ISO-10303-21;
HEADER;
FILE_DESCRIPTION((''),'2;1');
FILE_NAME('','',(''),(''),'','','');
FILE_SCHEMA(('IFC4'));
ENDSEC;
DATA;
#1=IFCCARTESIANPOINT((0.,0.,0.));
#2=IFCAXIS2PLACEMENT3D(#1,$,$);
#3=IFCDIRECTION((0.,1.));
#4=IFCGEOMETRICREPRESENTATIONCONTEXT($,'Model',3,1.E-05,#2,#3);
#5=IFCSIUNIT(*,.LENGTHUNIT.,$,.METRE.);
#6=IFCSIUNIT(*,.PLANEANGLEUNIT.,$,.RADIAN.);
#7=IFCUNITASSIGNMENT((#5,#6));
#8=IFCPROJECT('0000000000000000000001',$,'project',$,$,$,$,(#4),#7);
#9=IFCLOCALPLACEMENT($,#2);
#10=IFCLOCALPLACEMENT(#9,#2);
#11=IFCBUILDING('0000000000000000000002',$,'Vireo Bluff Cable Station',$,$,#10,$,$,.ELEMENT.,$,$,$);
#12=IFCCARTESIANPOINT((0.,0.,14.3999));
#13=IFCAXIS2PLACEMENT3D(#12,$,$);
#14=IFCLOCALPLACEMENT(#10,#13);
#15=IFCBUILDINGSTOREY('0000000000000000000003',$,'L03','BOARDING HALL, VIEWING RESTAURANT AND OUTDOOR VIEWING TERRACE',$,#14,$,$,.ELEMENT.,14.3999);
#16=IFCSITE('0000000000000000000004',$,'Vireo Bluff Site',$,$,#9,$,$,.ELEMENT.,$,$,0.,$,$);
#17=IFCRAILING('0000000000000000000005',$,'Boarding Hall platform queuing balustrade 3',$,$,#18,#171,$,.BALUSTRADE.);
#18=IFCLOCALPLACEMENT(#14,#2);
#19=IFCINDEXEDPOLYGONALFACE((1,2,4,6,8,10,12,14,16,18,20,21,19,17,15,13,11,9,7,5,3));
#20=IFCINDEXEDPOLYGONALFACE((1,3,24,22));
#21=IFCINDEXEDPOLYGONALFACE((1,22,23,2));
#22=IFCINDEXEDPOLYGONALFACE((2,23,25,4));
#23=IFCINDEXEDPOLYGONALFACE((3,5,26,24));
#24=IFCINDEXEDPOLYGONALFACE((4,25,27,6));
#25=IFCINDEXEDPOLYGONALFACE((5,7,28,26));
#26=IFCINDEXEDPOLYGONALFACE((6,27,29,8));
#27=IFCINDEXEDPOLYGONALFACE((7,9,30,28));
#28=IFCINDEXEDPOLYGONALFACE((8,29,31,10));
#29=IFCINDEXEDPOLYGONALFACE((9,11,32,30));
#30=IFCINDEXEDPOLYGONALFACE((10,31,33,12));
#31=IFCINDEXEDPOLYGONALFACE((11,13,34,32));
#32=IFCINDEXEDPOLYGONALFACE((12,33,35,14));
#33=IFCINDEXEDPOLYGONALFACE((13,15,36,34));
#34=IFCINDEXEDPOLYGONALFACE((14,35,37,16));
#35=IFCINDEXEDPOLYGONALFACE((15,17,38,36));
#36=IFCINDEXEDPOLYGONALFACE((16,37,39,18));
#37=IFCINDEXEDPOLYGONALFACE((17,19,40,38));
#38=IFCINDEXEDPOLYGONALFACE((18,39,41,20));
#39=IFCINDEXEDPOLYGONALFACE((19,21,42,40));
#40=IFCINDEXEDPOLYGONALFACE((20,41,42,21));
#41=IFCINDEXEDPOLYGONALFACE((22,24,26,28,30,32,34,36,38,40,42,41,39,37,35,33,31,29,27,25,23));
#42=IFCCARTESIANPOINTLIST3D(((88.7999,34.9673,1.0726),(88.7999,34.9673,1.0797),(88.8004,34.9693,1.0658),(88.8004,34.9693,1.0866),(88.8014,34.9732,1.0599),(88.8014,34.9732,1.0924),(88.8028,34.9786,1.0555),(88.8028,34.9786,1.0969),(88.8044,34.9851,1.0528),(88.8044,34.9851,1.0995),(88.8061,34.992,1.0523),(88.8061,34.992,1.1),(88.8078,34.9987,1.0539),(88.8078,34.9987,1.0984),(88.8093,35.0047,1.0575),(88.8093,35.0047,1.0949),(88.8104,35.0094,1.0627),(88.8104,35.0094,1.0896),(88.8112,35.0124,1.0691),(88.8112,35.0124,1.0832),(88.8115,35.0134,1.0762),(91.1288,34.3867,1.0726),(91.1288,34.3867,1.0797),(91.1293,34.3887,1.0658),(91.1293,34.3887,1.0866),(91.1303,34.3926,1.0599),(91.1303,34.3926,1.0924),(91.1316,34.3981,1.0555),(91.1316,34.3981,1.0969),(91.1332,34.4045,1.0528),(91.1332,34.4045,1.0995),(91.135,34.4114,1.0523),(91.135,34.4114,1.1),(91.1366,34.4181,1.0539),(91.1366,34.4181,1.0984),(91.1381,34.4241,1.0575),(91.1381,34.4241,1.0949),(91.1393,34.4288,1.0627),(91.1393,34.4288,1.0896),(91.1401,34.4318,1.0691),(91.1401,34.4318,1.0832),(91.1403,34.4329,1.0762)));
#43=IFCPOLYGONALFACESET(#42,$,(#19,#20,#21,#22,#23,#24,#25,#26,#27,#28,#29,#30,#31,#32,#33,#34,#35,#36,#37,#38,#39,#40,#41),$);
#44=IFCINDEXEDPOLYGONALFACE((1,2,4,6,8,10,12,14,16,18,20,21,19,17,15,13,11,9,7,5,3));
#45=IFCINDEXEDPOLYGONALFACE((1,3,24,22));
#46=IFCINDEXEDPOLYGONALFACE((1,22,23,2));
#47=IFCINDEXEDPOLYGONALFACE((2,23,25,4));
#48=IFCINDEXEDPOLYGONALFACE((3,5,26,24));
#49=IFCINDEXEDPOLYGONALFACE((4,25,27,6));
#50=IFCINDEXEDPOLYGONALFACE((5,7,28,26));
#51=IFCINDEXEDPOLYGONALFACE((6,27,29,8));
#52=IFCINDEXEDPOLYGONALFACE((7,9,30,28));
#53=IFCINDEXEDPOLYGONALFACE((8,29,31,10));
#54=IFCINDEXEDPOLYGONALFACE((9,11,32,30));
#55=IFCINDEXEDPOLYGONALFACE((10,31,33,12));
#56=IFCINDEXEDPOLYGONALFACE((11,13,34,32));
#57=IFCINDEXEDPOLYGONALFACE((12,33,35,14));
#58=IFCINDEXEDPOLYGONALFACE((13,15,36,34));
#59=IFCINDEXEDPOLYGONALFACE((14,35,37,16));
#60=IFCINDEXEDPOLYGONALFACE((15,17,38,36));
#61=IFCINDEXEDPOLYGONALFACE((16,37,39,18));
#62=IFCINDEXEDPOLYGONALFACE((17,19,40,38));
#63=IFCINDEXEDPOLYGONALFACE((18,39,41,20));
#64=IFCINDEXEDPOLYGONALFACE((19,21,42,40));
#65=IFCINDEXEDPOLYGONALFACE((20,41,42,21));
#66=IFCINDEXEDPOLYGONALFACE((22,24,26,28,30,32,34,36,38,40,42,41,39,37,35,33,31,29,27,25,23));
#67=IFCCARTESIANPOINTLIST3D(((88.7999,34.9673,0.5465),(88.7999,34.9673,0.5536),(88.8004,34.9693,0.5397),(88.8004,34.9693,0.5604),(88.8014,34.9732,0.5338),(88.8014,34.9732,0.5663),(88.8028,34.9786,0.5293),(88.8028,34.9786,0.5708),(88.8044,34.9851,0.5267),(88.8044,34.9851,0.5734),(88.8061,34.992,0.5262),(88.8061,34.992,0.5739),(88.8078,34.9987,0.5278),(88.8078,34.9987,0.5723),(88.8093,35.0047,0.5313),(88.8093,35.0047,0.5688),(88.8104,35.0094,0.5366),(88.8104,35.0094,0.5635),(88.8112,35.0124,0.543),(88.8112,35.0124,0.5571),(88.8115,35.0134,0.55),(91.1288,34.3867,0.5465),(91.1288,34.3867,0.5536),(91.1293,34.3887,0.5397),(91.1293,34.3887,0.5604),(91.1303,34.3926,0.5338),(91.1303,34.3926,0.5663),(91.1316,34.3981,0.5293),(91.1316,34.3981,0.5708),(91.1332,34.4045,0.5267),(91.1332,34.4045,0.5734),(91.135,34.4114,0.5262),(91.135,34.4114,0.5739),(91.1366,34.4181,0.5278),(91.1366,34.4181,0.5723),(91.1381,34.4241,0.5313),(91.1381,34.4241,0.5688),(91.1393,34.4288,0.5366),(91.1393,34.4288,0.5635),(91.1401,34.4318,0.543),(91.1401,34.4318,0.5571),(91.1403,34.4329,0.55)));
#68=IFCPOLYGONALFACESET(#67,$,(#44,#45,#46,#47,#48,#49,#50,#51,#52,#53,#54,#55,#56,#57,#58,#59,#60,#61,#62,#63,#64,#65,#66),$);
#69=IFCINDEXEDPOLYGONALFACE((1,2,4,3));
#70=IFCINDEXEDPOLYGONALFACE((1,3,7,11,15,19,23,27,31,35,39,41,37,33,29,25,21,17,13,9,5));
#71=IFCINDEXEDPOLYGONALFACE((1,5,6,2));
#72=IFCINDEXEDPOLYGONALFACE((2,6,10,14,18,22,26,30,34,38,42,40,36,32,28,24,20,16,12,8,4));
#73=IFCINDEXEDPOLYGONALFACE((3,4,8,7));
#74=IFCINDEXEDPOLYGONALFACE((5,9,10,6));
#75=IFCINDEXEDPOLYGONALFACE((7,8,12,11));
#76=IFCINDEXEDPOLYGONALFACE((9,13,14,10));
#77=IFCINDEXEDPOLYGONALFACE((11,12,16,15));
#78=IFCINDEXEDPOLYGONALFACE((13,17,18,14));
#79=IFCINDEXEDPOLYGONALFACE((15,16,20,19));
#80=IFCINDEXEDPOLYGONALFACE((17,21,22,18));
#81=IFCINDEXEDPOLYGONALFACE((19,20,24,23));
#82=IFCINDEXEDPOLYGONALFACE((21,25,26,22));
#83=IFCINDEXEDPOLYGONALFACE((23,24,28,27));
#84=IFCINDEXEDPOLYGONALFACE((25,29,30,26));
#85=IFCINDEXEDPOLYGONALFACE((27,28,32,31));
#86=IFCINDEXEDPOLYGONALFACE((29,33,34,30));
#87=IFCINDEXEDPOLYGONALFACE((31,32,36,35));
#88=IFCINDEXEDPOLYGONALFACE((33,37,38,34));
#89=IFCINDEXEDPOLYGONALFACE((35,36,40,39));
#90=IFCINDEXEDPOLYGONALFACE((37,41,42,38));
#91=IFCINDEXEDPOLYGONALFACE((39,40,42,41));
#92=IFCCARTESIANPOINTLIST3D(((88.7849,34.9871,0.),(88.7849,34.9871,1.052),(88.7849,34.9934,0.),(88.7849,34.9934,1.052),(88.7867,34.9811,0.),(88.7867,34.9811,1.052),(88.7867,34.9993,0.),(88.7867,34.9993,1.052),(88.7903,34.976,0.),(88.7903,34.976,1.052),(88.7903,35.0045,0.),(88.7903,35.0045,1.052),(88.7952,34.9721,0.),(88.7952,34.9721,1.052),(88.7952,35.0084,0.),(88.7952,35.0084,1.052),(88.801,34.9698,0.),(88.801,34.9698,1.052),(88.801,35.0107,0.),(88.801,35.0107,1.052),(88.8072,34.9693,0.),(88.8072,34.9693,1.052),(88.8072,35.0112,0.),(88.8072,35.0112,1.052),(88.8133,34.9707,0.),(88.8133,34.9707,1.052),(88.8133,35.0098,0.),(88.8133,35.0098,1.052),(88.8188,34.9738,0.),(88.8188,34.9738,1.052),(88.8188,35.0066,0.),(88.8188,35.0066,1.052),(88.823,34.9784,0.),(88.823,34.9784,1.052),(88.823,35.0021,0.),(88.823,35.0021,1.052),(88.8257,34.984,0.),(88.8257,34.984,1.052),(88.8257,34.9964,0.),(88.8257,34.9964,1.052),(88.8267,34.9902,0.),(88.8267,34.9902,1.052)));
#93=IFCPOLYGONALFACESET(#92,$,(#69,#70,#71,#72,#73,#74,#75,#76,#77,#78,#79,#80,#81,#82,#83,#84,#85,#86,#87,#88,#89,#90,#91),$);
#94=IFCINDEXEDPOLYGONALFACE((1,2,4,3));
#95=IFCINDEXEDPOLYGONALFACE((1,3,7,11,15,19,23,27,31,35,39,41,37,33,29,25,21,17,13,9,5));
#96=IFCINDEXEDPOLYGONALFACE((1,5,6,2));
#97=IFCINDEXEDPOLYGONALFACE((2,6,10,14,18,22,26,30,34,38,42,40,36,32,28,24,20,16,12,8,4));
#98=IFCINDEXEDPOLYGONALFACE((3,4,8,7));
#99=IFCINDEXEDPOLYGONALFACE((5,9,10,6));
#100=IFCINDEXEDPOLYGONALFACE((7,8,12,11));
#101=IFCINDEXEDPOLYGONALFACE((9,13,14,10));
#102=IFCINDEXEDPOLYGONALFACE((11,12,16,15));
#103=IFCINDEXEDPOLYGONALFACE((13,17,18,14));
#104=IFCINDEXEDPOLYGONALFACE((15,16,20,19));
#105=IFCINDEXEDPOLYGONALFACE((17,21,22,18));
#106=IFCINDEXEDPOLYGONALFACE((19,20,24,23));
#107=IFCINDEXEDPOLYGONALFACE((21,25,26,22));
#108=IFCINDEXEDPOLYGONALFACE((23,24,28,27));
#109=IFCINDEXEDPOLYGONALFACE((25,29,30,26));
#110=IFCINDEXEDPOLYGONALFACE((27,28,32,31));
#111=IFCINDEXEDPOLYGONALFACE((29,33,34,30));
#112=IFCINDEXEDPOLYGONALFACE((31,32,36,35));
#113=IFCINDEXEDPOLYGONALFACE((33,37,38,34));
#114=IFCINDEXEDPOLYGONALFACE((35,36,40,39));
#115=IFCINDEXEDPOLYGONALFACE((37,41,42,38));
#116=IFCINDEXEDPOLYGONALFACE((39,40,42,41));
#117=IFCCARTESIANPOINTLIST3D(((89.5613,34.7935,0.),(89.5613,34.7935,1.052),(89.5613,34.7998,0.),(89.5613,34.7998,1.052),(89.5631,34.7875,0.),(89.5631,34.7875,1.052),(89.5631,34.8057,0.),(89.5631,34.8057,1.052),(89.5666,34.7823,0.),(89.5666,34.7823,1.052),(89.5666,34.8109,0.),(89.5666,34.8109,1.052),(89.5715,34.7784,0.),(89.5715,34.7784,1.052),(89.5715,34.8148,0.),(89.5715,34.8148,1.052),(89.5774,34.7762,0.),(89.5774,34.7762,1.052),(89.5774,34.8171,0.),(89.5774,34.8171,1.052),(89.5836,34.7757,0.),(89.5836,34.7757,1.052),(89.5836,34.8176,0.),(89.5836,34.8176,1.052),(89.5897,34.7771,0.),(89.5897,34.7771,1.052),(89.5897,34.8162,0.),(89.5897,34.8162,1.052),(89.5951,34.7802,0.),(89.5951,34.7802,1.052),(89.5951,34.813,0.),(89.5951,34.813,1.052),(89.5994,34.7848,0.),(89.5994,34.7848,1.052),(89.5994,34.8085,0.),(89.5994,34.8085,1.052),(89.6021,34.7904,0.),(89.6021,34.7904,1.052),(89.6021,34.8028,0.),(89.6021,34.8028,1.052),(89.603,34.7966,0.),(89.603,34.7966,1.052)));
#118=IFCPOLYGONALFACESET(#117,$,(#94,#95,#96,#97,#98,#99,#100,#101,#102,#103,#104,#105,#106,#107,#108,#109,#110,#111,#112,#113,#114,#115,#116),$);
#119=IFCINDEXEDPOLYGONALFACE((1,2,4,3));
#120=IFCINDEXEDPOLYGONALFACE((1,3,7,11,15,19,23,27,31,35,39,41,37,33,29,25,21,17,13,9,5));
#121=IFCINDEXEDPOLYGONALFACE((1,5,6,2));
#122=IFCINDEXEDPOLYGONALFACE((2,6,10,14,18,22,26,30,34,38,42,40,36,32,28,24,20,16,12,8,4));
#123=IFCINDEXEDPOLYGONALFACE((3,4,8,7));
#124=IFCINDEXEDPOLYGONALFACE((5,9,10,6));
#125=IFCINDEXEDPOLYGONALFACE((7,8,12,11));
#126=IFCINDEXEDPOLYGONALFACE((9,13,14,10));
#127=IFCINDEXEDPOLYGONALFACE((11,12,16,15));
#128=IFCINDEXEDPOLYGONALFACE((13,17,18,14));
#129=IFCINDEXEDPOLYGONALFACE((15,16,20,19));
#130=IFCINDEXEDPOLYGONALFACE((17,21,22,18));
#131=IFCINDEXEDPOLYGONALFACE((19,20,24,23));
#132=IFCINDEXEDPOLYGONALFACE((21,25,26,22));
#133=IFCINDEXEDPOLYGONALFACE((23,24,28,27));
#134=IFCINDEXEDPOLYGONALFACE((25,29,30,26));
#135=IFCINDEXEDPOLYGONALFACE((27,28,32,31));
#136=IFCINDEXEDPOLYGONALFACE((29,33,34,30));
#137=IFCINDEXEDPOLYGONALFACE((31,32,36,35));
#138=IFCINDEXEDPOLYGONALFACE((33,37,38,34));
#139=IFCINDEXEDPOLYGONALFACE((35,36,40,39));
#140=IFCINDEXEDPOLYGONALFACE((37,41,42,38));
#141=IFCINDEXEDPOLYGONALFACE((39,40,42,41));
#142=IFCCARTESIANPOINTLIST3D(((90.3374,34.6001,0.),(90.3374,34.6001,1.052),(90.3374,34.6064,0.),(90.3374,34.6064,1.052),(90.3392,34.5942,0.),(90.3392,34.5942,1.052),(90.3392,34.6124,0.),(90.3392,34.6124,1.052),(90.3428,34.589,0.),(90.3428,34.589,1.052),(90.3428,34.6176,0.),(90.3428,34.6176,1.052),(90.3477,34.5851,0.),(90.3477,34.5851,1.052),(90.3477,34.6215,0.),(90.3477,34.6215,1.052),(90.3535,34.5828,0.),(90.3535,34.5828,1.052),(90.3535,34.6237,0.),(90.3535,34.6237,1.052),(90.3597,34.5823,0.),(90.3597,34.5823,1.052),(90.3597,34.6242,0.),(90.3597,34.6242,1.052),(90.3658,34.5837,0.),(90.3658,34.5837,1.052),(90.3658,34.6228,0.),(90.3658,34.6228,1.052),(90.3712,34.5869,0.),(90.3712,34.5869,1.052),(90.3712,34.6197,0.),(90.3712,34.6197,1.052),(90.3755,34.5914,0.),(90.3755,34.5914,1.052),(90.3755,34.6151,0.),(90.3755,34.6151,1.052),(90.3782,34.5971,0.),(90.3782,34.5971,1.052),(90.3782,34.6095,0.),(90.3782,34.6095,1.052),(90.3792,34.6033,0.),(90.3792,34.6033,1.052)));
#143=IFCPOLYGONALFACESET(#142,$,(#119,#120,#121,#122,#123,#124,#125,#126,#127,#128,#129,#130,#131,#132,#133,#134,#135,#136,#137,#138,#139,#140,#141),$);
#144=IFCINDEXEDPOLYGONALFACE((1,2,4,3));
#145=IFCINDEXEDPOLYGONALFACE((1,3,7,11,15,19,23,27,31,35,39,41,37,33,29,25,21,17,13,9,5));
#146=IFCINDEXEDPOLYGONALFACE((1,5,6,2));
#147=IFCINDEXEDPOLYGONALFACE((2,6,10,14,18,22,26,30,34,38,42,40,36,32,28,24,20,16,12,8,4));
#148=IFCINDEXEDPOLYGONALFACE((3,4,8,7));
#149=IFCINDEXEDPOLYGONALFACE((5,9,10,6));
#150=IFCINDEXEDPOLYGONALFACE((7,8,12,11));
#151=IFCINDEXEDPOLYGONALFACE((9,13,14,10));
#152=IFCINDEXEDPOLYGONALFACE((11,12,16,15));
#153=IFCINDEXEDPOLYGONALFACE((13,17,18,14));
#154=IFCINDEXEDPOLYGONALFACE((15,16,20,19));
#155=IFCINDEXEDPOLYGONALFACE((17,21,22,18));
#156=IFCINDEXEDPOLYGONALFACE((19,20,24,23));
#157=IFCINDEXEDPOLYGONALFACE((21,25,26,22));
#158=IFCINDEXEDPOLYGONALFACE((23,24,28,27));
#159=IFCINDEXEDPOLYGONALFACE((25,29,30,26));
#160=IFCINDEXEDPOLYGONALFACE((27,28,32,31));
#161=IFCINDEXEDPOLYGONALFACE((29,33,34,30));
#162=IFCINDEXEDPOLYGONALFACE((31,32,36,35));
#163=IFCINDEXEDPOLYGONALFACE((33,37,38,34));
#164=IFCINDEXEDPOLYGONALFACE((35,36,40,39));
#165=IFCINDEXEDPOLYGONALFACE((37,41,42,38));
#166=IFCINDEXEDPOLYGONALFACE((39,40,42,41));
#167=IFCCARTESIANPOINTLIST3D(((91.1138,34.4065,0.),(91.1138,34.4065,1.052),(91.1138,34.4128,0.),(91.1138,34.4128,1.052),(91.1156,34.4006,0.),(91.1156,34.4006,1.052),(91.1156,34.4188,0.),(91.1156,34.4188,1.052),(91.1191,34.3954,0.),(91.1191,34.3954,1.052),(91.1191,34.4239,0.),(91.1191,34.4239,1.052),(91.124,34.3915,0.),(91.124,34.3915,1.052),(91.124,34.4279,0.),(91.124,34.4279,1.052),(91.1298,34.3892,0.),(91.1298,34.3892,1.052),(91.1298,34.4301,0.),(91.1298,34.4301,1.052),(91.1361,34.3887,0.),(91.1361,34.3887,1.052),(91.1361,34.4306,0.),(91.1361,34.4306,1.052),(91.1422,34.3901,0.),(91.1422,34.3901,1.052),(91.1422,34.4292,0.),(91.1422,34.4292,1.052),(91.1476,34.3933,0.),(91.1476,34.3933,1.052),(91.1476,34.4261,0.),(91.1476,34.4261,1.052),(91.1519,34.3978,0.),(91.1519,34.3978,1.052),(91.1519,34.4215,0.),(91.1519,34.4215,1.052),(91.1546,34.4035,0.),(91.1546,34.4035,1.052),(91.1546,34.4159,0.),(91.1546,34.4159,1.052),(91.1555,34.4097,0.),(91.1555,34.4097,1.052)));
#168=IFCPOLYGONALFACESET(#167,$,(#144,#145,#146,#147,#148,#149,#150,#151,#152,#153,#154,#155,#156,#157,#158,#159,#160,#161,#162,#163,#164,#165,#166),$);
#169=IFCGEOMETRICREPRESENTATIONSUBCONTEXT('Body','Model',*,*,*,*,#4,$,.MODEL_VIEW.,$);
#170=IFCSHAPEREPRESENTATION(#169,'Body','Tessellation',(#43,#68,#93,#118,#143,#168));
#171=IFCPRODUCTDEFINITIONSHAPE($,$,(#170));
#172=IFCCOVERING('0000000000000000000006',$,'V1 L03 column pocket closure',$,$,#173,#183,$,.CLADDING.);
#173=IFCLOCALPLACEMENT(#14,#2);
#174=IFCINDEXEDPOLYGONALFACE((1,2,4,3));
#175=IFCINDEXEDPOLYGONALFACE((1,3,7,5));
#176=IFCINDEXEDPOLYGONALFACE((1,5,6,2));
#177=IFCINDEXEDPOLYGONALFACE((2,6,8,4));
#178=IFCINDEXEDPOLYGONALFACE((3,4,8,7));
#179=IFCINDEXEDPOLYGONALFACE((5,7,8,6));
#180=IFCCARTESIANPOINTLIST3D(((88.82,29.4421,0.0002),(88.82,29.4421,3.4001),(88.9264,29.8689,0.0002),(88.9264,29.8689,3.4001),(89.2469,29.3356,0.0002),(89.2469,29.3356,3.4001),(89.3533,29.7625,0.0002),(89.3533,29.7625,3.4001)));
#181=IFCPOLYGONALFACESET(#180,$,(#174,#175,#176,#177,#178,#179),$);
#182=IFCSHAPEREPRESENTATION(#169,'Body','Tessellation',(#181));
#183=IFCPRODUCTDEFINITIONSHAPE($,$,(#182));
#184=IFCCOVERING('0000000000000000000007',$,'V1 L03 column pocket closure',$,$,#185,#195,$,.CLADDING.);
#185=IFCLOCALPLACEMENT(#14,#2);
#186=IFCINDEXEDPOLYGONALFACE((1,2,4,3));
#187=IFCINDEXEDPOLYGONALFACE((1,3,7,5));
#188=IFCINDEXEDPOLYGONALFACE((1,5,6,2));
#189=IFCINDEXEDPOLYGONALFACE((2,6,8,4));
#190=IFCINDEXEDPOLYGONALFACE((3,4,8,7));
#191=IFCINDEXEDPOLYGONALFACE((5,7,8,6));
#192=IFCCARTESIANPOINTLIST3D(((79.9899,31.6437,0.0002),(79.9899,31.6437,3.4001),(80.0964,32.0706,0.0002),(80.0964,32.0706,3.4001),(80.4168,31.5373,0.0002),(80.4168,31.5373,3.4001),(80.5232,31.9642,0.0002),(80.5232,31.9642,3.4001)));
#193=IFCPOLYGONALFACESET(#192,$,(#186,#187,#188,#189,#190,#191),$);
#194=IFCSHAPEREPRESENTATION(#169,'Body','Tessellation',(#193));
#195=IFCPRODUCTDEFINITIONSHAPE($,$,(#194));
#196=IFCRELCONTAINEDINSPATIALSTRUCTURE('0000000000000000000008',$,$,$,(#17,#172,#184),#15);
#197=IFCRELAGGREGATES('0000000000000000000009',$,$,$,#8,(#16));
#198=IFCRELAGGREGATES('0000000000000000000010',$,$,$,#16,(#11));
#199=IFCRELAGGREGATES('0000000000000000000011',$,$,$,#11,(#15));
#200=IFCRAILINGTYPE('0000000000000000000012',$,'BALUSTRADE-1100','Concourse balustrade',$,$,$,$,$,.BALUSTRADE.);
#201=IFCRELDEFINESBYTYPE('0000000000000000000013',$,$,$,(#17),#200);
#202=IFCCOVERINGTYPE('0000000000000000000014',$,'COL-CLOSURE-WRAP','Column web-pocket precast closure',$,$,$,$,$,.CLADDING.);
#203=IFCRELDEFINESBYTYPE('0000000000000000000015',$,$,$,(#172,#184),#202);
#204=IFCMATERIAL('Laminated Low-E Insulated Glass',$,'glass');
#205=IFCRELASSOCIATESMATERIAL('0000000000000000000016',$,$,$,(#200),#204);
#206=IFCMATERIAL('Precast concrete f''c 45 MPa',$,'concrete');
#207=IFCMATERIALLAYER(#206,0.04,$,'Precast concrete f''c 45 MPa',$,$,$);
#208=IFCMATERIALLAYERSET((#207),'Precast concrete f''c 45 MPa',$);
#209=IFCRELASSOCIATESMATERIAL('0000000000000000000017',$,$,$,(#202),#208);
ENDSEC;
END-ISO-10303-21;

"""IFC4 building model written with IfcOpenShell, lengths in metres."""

from ifc_helpers import new_model, si_unit, direction, frame, origin, origin_2d, place, context, subcontext, project, spatial, rectangle, circle, extrude, material, layer, layer_set, type_object, element, save


model = new_model("IFC4")

# Units and contexts
model_context = context("Model", 3, precision=1e-05, world=origin(), true_north=direction((0.0, 1.0)))
body_context = subcontext(model_context, "Body", "Model", "MODEL_VIEW")
ifc_project = project(units=[si_unit("LENGTHUNIT", "METRE"), si_unit("PLANEANGLEUNIT", "RADIAN")], contexts=[model_context])

# Site, building, storey
site_placement = place(None, origin())
site = spatial("IfcSite", under=ifc_project, at=site_placement, Name="Vireo Bluff Site", CompositionType="ELEMENT", RefElevation=0.0)
building_placement = place(site_placement, origin())
building = spatial("IfcBuilding", under=site, at=building_placement, Name="Vireo Bluff Cable Station", CompositionType="ELEMENT")
storey_placement = place(building_placement, frame((0.0, 0.0, 14.3999)))
storey = spatial("IfcBuildingStorey", under=building, at=storey_placement, Name="L03", Description="BOARDING HALL, VIEWING RESTAURANT AND OUTDOOR VIEWING TERRACE", CompositionType="ELEMENT", Elevation=14.3999)

# Shared definitions
ifc_material_1 = material(Name="Precast concrete f'c 45 MPa", Category="concrete")

# Railing
ifc_material_2 = material(Name="Laminated Low-E Insulated Glass", Category="glass")
railing_type = type_object("IfcRailingType", Name="BALUSTRADE-1100", Description="Concourse balustrade", PredefinedType="BALUSTRADE", material=ifc_material_2)
for number, where, name in (
    (1, (88.8057, 34.9902, 0.0), "Boarding Hall platform queuing balustrade 3"),
):
    element("IfcRailing", number, at=place(storey_placement, frame(where)), inside=storey, type_object=railing_type, Name=name, PredefinedType="BALUSTRADE", context=body_context, shape_type="SweptSolid", body=[
        extrude(circle(Radius=0.0239, at=origin_2d()), frame((0.0, 0.0, 1.0762), z_axis=(0.970304, -0.241889, 0.0), x_axis=(0.241889, 0.970304, 0.0)), (0.0, 0.0, 1.0), 2.4001),
        extrude(circle(Radius=0.0239, at=origin_2d()), frame((0.0, 0.0, 0.55), z_axis=(0.970304, -0.241889, 0.0), x_axis=(0.241889, 0.970304, 0.0)), (0.0, 0.0, 1.0), 2.4001),
        extrude(circle(Radius=0.021, at=origin_2d()), origin(), (0.0, 0.0, 1.0), 1.052),
        extrude(circle(Radius=0.021, at=origin_2d()), frame((0.7764, -0.1936, 0.0)), (0.0, 0.0, 1.0), 1.052),
        extrude(circle(Radius=0.021, at=origin_2d()), frame((1.5525, -0.387, 0.0)), (0.0, 0.0, 1.0), 1.052),
        extrude(circle(Radius=0.021, at=origin_2d()), frame((2.3289, -0.5806, 0.0)), (0.0, 0.0, 1.0), 1.052),
    ])

# Coverings
ifc_layer_1 = layer(ifc_material_1, 0.04, Name="Precast concrete f'c 45 MPa")
ifc_layer_set_1 = layer_set([ifc_layer_1], Name="Precast concrete f'c 45 MPa")
covering_type = type_object("IfcCoveringType", Name="COL-CLOSURE-WRAP", Description="Column web-pocket precast closure", PredefinedType="CLADDING", material=ifc_layer_set_1)
for number, where, z_axis, x_axis, name in (
    (2, (89.0867, 29.6023, 0.0002), (0.0, 0.0, 1.0), (0.970296, -0.241922, 0.0), "V1 L03 column pocket closure"),
    (3, (80.2566, 31.804, 0.0002), (0.0, 0.0, 1.0), (0.970296, -0.241922, 0.0), "V1 L03 column pocket closure"),
):
    element("IfcCovering", number, at=place(storey_placement, frame(where, z_axis=z_axis, x_axis=x_axis)), inside=storey, type_object=covering_type, Name=name, PredefinedType="CLADDING", context=body_context, shape_type="SweptSolid", body=[
        extrude(rectangle(XDim=0.4399, YDim=0.4399, at=origin_2d()), origin(), (0.0, 0.0, 1.0), 3.3999),
    ])

save(model, "model.ifc")
